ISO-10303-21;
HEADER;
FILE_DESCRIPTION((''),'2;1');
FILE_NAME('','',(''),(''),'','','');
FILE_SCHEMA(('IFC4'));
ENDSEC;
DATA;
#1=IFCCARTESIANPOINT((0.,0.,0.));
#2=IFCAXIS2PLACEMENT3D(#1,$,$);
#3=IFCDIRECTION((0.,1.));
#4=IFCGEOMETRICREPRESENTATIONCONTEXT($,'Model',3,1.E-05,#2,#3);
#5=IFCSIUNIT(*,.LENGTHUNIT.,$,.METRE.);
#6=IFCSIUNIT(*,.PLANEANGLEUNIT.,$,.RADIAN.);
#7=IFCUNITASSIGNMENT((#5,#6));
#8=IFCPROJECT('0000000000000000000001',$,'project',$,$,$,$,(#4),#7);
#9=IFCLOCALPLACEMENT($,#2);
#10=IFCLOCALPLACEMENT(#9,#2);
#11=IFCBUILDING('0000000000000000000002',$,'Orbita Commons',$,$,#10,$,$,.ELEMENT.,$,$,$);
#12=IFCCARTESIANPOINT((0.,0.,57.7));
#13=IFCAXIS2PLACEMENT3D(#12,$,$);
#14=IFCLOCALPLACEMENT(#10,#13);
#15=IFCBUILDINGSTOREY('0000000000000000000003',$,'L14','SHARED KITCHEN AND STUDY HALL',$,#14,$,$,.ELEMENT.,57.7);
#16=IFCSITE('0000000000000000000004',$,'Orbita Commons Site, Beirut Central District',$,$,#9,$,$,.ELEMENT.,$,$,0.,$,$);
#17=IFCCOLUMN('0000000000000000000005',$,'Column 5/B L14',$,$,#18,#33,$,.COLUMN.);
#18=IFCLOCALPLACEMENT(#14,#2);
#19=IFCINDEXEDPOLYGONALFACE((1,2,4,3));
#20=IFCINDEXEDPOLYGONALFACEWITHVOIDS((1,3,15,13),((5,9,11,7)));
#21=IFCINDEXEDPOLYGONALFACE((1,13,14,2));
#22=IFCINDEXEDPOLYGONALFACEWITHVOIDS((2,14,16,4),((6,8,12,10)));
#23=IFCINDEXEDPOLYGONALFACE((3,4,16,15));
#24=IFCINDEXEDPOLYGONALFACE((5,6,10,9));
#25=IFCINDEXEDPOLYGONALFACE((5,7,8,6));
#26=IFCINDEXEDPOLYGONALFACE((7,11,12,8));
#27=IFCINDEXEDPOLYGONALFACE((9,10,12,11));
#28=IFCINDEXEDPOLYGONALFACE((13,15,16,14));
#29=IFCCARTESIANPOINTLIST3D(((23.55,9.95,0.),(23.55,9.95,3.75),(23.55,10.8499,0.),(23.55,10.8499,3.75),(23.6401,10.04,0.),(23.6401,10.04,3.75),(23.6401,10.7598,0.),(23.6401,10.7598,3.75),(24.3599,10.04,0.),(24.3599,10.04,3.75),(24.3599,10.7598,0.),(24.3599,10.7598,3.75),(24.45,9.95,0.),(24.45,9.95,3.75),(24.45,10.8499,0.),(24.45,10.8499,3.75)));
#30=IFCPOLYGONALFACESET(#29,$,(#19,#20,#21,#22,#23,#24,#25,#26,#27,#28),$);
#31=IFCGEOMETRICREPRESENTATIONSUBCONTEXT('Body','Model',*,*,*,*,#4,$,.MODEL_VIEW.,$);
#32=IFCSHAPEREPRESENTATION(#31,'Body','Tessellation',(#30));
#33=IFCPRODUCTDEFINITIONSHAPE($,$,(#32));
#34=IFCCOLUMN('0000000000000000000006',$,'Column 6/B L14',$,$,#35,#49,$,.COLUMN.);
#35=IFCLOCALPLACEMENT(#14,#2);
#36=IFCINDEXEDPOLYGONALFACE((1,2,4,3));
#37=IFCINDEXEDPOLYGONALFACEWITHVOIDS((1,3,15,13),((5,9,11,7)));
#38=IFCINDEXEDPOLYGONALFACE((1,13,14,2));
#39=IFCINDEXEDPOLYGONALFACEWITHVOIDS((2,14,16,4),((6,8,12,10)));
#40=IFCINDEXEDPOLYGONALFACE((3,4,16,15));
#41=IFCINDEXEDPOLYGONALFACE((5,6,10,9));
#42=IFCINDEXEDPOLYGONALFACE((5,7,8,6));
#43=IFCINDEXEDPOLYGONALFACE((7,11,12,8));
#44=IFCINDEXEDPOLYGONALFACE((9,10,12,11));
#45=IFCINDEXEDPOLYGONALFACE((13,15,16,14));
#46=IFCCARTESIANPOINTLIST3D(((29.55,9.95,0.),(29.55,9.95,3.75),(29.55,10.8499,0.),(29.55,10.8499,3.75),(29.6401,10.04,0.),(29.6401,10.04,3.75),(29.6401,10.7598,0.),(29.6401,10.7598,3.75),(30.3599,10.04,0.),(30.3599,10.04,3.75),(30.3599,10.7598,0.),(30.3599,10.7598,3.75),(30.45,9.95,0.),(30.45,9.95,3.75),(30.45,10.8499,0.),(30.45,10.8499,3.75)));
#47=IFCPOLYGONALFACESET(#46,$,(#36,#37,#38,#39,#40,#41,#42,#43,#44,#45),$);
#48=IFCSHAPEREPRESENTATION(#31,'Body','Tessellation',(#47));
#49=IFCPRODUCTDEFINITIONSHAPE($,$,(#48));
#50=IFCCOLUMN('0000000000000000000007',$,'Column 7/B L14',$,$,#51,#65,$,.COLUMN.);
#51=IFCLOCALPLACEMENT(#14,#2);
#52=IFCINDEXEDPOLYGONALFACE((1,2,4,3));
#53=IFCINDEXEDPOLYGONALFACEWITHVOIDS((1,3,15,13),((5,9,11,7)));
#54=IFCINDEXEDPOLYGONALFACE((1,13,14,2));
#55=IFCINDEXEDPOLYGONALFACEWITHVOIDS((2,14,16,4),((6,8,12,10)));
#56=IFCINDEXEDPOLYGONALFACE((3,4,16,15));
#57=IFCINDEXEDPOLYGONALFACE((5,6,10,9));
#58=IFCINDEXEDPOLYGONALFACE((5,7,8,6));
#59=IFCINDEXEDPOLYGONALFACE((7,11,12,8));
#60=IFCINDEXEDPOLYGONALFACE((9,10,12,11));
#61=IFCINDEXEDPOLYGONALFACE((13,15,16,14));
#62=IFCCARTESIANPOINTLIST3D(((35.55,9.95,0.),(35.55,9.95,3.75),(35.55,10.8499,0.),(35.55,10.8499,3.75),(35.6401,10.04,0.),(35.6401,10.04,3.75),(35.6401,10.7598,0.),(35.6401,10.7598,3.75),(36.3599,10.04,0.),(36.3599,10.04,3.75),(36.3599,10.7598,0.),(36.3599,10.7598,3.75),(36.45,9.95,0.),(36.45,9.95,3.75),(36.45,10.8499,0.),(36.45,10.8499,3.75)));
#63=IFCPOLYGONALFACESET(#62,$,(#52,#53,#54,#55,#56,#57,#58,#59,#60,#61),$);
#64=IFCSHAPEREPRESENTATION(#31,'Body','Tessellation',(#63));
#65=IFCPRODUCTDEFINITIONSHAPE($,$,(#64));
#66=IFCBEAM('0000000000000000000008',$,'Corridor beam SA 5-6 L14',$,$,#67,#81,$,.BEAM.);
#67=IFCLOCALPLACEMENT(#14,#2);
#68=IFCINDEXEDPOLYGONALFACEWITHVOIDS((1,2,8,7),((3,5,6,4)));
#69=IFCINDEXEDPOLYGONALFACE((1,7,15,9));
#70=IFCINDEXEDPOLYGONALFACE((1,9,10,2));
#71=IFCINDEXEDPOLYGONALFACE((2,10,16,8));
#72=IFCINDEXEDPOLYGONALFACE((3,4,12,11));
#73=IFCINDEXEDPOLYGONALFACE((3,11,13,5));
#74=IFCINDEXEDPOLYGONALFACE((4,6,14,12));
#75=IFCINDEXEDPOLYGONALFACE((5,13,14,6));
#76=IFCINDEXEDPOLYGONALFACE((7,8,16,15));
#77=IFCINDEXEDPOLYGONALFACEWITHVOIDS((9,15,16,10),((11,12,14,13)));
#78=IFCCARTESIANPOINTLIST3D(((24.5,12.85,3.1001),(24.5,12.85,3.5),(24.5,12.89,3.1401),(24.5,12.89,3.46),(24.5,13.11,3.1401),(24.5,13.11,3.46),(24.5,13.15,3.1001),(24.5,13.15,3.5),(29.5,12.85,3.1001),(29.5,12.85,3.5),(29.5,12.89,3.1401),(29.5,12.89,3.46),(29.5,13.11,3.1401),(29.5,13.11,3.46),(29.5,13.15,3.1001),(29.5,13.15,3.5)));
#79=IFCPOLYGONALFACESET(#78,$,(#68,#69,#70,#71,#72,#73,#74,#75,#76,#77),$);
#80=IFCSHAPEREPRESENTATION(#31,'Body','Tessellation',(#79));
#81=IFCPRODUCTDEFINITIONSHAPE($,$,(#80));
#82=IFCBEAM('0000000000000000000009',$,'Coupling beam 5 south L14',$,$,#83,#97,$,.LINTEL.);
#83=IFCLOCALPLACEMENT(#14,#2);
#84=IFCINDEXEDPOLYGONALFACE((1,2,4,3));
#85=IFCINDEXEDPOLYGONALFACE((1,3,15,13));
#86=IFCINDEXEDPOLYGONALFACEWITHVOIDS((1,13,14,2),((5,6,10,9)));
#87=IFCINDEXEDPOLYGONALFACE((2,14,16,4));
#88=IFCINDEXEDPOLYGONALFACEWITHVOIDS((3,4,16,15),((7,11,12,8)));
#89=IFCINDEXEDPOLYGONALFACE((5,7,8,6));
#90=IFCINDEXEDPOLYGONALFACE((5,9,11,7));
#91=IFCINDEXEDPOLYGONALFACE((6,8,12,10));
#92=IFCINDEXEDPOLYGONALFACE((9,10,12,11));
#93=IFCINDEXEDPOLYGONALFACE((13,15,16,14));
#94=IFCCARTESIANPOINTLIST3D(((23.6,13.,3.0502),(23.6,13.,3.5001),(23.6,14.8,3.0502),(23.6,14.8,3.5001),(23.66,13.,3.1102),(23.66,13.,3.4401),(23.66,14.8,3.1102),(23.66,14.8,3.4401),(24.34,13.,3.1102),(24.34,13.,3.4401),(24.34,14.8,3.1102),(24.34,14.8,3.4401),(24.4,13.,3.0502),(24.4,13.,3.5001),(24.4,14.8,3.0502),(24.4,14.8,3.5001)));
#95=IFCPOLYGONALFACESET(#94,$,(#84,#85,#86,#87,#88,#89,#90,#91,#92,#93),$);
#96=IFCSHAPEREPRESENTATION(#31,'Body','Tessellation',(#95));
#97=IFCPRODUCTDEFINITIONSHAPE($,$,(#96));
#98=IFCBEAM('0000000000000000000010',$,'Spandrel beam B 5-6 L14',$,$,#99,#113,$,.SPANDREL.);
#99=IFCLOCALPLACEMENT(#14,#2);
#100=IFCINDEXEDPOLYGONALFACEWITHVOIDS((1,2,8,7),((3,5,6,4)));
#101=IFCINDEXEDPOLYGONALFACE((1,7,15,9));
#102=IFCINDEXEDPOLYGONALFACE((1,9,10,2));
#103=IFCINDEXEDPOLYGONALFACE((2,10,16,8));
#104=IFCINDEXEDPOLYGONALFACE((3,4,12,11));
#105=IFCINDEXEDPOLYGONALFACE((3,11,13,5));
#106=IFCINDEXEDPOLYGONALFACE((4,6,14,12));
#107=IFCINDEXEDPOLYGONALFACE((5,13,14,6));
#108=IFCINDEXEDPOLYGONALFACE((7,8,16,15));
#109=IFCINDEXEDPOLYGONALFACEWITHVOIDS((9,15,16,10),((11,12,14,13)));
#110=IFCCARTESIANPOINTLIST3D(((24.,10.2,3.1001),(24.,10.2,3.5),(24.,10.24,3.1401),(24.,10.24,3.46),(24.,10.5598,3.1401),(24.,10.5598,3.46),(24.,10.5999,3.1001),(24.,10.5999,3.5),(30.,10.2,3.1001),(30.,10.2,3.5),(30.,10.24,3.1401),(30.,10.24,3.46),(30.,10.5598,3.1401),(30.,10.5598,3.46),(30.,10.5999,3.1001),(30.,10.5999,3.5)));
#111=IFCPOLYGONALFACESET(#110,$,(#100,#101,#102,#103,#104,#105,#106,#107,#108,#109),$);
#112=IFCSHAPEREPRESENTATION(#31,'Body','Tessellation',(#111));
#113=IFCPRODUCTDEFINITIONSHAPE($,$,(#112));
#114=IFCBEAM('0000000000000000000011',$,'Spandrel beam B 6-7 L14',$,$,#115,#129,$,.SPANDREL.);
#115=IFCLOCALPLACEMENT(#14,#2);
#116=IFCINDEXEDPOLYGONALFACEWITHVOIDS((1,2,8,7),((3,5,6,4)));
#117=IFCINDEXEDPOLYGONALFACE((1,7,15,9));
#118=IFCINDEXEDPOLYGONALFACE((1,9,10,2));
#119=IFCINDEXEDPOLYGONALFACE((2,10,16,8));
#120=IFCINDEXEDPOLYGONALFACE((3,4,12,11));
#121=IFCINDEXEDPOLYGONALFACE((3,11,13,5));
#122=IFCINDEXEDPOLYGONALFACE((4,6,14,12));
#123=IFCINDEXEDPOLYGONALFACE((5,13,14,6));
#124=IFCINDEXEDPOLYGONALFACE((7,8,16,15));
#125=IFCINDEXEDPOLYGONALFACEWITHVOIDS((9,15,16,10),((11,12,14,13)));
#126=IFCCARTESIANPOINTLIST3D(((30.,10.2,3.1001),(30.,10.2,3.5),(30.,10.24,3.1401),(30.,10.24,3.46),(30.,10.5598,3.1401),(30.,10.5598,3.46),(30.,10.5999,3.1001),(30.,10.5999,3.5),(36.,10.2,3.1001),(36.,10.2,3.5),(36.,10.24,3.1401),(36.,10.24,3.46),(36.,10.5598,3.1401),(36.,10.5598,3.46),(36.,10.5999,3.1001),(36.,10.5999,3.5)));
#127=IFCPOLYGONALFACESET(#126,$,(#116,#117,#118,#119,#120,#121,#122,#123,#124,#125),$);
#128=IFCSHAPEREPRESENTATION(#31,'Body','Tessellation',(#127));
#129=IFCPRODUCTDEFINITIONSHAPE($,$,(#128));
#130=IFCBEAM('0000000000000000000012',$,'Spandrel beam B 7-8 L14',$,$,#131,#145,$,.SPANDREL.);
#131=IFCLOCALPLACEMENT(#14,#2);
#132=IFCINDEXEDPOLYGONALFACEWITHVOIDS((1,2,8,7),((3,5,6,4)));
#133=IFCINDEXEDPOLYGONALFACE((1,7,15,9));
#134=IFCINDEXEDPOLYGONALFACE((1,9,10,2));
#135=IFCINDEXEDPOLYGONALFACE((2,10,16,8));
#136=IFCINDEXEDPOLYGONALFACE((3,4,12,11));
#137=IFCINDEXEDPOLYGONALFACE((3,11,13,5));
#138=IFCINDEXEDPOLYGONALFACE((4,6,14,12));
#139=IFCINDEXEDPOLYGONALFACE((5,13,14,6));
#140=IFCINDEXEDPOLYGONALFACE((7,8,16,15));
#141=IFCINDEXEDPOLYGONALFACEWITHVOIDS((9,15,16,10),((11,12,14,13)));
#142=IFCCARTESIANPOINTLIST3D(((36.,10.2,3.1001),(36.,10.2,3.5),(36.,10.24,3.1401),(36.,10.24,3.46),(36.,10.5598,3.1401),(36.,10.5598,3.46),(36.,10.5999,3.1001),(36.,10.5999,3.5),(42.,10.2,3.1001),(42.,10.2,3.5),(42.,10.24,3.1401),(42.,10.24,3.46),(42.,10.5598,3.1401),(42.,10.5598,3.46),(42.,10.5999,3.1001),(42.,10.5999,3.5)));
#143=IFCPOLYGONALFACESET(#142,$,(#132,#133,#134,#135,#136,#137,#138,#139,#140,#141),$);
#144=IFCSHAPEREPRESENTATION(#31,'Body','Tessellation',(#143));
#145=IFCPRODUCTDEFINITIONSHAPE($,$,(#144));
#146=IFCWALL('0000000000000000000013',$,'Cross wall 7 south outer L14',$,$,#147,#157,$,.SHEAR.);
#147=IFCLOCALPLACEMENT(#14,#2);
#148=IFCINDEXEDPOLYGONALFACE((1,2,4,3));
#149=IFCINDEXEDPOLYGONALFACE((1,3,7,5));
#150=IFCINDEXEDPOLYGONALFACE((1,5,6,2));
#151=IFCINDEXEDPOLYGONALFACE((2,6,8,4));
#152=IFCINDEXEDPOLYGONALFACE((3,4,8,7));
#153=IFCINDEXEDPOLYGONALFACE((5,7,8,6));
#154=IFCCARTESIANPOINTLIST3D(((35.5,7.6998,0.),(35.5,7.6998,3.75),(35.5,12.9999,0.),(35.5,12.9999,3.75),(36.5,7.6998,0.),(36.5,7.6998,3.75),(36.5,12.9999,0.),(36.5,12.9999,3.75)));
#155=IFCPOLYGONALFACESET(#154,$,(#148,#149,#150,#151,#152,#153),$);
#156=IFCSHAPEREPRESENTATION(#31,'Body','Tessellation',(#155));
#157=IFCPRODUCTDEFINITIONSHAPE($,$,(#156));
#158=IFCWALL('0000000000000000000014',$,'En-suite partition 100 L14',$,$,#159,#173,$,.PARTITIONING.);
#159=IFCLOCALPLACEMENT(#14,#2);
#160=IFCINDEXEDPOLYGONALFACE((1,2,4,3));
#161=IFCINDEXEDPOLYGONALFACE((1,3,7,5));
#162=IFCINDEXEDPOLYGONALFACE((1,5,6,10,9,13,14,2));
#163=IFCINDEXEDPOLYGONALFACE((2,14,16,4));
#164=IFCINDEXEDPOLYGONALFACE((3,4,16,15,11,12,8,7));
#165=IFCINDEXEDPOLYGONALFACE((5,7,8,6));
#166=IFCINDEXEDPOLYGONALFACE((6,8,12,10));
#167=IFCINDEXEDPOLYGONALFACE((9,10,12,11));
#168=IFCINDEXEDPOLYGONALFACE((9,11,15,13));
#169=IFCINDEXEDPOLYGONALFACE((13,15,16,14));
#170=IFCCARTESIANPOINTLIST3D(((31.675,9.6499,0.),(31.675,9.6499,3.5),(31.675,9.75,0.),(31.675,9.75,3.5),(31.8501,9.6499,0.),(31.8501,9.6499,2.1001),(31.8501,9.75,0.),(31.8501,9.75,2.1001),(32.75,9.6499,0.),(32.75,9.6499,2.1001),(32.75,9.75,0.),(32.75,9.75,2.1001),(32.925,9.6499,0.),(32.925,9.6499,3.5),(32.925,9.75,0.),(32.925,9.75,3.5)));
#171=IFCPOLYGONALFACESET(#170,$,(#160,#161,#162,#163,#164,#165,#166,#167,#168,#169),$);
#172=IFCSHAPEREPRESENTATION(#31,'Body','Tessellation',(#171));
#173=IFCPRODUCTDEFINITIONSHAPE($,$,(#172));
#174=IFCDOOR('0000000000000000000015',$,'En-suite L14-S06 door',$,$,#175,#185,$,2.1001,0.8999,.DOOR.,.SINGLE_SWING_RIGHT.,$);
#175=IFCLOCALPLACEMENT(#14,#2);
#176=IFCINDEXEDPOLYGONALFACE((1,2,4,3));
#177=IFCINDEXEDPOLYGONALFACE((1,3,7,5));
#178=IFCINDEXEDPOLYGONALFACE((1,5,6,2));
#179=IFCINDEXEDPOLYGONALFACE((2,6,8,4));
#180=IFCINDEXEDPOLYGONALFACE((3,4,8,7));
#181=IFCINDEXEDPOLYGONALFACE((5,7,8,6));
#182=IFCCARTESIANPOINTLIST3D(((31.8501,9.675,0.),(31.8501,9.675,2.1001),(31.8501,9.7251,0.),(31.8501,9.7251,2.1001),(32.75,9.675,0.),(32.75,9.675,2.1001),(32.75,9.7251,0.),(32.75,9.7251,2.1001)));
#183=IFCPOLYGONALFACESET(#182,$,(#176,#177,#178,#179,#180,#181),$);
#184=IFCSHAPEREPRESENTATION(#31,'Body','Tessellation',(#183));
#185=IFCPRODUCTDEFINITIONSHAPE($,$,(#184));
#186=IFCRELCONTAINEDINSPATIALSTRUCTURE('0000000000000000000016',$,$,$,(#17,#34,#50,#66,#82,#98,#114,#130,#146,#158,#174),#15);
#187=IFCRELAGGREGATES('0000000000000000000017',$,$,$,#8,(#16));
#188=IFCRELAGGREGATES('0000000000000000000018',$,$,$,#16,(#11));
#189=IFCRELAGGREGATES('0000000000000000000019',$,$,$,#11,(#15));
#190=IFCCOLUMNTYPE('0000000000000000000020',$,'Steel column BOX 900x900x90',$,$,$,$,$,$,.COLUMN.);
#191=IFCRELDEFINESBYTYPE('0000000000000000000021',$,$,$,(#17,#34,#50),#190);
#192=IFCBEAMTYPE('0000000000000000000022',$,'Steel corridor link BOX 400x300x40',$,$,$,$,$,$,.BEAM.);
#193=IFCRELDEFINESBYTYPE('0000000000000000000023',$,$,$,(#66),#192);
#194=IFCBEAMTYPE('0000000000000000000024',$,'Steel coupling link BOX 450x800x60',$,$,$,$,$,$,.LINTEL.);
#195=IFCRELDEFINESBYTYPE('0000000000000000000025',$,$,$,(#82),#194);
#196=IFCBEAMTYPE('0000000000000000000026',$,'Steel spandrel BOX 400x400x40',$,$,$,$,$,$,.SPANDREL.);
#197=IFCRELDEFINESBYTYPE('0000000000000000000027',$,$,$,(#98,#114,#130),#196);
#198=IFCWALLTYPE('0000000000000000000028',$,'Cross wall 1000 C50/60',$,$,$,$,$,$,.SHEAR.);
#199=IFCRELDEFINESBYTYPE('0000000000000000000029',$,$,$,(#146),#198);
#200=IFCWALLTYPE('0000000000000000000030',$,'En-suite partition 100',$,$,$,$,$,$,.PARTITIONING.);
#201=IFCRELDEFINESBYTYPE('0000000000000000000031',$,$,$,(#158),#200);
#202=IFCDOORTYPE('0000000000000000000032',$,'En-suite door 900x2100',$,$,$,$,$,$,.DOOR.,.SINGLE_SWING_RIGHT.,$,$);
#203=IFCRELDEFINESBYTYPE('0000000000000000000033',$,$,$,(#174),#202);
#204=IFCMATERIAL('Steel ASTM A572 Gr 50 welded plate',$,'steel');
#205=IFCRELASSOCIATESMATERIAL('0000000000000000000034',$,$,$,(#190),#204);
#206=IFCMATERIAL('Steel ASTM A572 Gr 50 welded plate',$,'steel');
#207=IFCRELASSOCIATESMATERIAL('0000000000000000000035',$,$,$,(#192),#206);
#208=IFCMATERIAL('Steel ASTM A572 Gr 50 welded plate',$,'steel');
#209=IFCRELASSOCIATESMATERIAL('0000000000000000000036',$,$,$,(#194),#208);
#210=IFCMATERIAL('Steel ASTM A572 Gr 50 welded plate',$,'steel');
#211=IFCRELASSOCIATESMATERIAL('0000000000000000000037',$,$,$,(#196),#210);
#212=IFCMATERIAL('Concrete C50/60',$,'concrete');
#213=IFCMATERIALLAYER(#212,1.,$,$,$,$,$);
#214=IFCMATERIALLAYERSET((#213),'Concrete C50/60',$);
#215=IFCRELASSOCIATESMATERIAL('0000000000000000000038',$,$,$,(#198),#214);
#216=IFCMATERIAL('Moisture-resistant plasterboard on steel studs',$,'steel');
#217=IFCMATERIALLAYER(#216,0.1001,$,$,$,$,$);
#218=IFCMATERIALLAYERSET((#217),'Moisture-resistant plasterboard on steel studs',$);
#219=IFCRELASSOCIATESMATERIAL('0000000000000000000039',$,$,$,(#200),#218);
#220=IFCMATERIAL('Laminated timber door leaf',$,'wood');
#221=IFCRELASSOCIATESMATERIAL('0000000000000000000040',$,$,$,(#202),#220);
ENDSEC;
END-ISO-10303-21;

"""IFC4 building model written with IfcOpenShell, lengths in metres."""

from ifc_helpers import new_model, si_unit, direction, frame, frame_2d, origin, origin_2d, place, context, subcontext, project, spatial, rectangle, hollow_rectangle, extrude, material, layer, layer_set, material_profile, profile_set, type_object, element, fill, save


model = new_model("IFC4")

# Units and contexts
model_context = context("Model", 3, precision=1e-05, world=origin(), true_north=direction((0.0, 1.0)))
body_context = subcontext(model_context, "Body", "Model", "MODEL_VIEW")
ifc_project = project(units=[si_unit("LENGTHUNIT", "METRE"), si_unit("PLANEANGLEUNIT", "RADIAN")], contexts=[model_context])

# Site, building, storey
site_placement = place(None, origin())
site = spatial("IfcSite", under=ifc_project, at=site_placement, Name="Orbita Commons Site, Beirut Central District", CompositionType="ELEMENT", RefElevation=0.0)
building_placement = place(site_placement, origin())
building = spatial("IfcBuilding", under=site, at=building_placement, Name="Orbita Commons", CompositionType="ELEMENT")
storey_placement = place(building_placement, frame((0.0, 0.0, 57.7)))
storey = spatial("IfcBuildingStorey", under=building, at=storey_placement, Name="L14", Description="SHARED KITCHEN AND STUDY HALL", CompositionType="ELEMENT", Elevation=57.7)

# Columns
ifc_material_1 = material(Name="Steel ASTM A572 Gr 50 welded plate", Category="steel")
ifc_material_profile_1 = material_profile(ifc_material_1, hollow_rectangle(XDim=0.8999, YDim=0.8999, WallThickness=0.0901, at=origin_2d()), Name="BOX 900x900x90")
ifc_profile_set_1 = profile_set([ifc_material_profile_1], Name="Steel ASTM A572 Gr 50 welded plate")
column_type = type_object("IfcColumnType", Name="Steel column BOX 900x900x90", PredefinedType="COLUMN", material=ifc_profile_set_1)
for number, where, z_axis, x_axis, name in (
    (1, (24.0, 10.3999, 0.0), (0.0, 0.0, 1.0), (1.0, 0.0, 0.0), "Column 5/B L14"),
    (2, (30.0, 10.3999, 0.0), (0.0, 0.0, 1.0), (1.0, 0.0, 0.0), "Column 6/B L14"),
    (3, (36.0, 10.3999, 0.0), (0.0, 0.0, 1.0), (1.0, 0.0, 0.0), "Column 7/B L14"),
):
    element("IfcColumn", number, at=place(storey_placement, frame(where, z_axis=z_axis, x_axis=x_axis)), inside=storey, type_object=column_type, Name=name, PredefinedType="COLUMN", context=body_context, shape_type="SweptSolid", body=[
        extrude(hollow_rectangle(XDim=0.8999, YDim=0.8999, WallThickness=0.0901, at=origin_2d()), origin(), (0.0, 0.0, 1.0), 3.75),
    ])

# Beams
ifc_material_2 = material(Name="Steel ASTM A572 Gr 50 welded plate", Category="steel")
ifc_material_profile_2 = material_profile(ifc_material_2, hollow_rectangle(XDim=0.3, YDim=0.3999, WallThickness=0.04, at=origin_2d()), Name="BOX 400x300x40")
ifc_profile_set_2 = profile_set([ifc_material_profile_2], Name="Steel ASTM A572 Gr 50 welded plate")
beam_type_1 = type_object("IfcBeamType", Name="Steel corridor link BOX 400x300x40", PredefinedType="BEAM", material=ifc_profile_set_2)
beam_1_placement = place(storey_placement, frame((24.5, 13.0, 3.3), z_axis=(1.0, 0.0, 0.0), x_axis=(0.0, 1.0, 0.0)))
element("IfcBeam", 4, at=beam_1_placement, inside=storey, type_object=beam_type_1, Name="Corridor beam SA 5-6 L14", PredefinedType="BEAM", context=body_context, shape_type="SweptSolid", body=[
    extrude(hollow_rectangle(XDim=0.3, YDim=0.3999, WallThickness=0.04, at=origin_2d()), origin(), (0.0, 0.0, 1.0), 5.0),
])
ifc_material_3 = material(Name="Steel ASTM A572 Gr 50 welded plate", Category="steel")
ifc_material_profile_3 = material_profile(ifc_material_3, hollow_rectangle(XDim=0.8, YDim=0.45, WallThickness=0.0601, at=origin_2d()), Name="BOX 450x800x60")
ifc_profile_set_3 = profile_set([ifc_material_profile_3], Name="Steel ASTM A572 Gr 50 welded plate")
beam_type_2 = type_object("IfcBeamType", Name="Steel coupling link BOX 450x800x60", PredefinedType="LINTEL", material=ifc_profile_set_3)
beam_2_placement = place(storey_placement, frame((24.0, 13.0, 3.2751), z_axis=(0.0, 1.0, 0.0), x_axis=(-1.0, 0.0, 0.0)))
element("IfcBeam", 5, at=beam_2_placement, inside=storey, type_object=beam_type_2, Name="Coupling beam 5 south L14", PredefinedType="LINTEL", context=body_context, shape_type="SweptSolid", body=[
    extrude(hollow_rectangle(XDim=0.8, YDim=0.45, WallThickness=0.0601, at=origin_2d()), origin(), (0.0, 0.0, 1.0), 1.8),
])
ifc_material_4 = material(Name="Steel ASTM A572 Gr 50 welded plate", Category="steel")
ifc_material_profile_4 = material_profile(ifc_material_4, hollow_rectangle(XDim=0.3999, YDim=0.3999, WallThickness=0.04, at=origin_2d()), Name="BOX 400x400x40")
ifc_profile_set_4 = profile_set([ifc_material_profile_4], Name="Steel ASTM A572 Gr 50 welded plate")
beam_type_3 = type_object("IfcBeamType", Name="Steel spandrel BOX 400x400x40", PredefinedType="SPANDREL", material=ifc_profile_set_4)
for number, where, z_axis, x_axis, name in (
    (6, (24.0, 10.3999, 3.3), (1.0, 0.0, 0.0), (0.0, 1.0, 0.0), "Spandrel beam B 5-6 L14"),
    (7, (30.0, 10.3999, 3.3), (1.0, 0.0, 0.0), (0.0, 1.0, 0.0), "Spandrel beam B 6-7 L14"),
    (8, (36.0, 10.3999, 3.3), (1.0, 0.0, 0.0), (0.0, 1.0, 0.0), "Spandrel beam B 7-8 L14"),
):
    element("IfcBeam", number, at=place(storey_placement, frame(where, z_axis=z_axis, x_axis=x_axis)), inside=storey, type_object=beam_type_3, Name=name, PredefinedType="SPANDREL", context=body_context, shape_type="SweptSolid", body=[
        extrude(hollow_rectangle(XDim=0.3999, YDim=0.3999, WallThickness=0.04, at=origin_2d()), origin(), (0.0, 0.0, 1.0), 6.0),
    ])

# Wall
ifc_material_5 = material(Name="Concrete C50/60", Category="concrete")
ifc_layer_1 = layer(ifc_material_5, 1.0)
ifc_layer_set_1 = layer_set([ifc_layer_1], Name="Concrete C50/60")
wall_type_1 = type_object("IfcWallType", Name="Cross wall 1000 C50/60", PredefinedType="SHEAR", material=ifc_layer_set_1)
wall_1_placement = place(storey_placement, frame((36.0, 7.7, 0.0), z_axis=(0.0, 0.0, 1.0), x_axis=(0.0, 1.0, 0.0)))
element("IfcWall", 9, at=wall_1_placement, inside=storey, type_object=wall_type_1, Name="Cross wall 7 south outer L14", PredefinedType="SHEAR", context=body_context, shape_type="SweptSolid", body=[
    extrude(rectangle(XDim=5.3, YDim=1.0, at=frame_2d((2.6499, 0.0))), origin(), (0.0, 0.0, 1.0), 3.75),
])

# Wall, opening, door
ifc_material_6 = material(Name="Moisture-resistant plasterboard on steel studs", Category="steel")
ifc_layer_2 = layer(ifc_material_6, 0.1001)
ifc_layer_set_2 = layer_set([ifc_layer_2], Name="Moisture-resistant plasterboard on steel studs")
wall_type_2 = type_object("IfcWallType", Name="En-suite partition 100", PredefinedType="PARTITIONING", material=ifc_layer_set_2)
wall_2_placement = place(storey_placement, frame((32.925, 9.7, 0.0), z_axis=(0.0, 0.0, 1.0), x_axis=(-1.0, 0.0, 0.0)))
wall_2 = element("IfcWall", 10, at=wall_2_placement, inside=storey, type_object=wall_type_2, Name="En-suite partition 100 L14", PredefinedType="PARTITIONING", context=body_context, shape_type="SweptSolid", body=[
    extrude(rectangle(XDim=1.25, YDim=0.1001, at=frame_2d((0.625, 0.0))), origin(), (0.0, 0.0, 1.0), 3.5),
])
opening_1_placement = place(wall_2_placement, frame((0.175, 0.0, 0.0)))
opening_1 = element("IfcOpeningElement", 11, at=opening_1_placement, cuts=wall_2, PredefinedType="OPENING", context=body_context, shape_type="SweptSolid", body=[
    extrude(rectangle(XDim=0.8999, YDim=2.1001, at=frame_2d((0.45, 1.05))), frame((0.0, 0.0601, 0.0), z_axis=(0.0, -1.0, 0.0), x_axis=(1.0, 0.0, 0.0)), (0.0, 0.0, 1.0), 0.1201),
])
ifc_material_7 = material(Name="Laminated timber door leaf", Category="wood")
door_type_1 = type_object("IfcDoorType", Name="En-suite door 900x2100", OperationType="SINGLE_SWING_RIGHT", PredefinedType="DOOR", material=ifc_material_7)
door_1_placement = place(opening_1_placement, origin())
door_1 = element("IfcDoor", 12, at=door_1_placement, inside=storey, type_object=door_type_1, Name="En-suite L14-S06 door", OperationType="SINGLE_SWING_RIGHT", OverallHeight=2.1001, OverallWidth=0.8999, PredefinedType="DOOR", context=body_context, shape_type="SweptSolid", body=[
    extrude(rectangle(XDim=0.8999, YDim=2.1001, at=frame_2d((0.45, 1.05))), frame((0.0, 0.0249, 0.0), z_axis=(0.0, -1.0, 0.0), x_axis=(1.0, 0.0, 0.0)), (0.0, 0.0, 1.0), 0.05),
])
fill(opening_1, door_1)

save(model, "model.ifc")
